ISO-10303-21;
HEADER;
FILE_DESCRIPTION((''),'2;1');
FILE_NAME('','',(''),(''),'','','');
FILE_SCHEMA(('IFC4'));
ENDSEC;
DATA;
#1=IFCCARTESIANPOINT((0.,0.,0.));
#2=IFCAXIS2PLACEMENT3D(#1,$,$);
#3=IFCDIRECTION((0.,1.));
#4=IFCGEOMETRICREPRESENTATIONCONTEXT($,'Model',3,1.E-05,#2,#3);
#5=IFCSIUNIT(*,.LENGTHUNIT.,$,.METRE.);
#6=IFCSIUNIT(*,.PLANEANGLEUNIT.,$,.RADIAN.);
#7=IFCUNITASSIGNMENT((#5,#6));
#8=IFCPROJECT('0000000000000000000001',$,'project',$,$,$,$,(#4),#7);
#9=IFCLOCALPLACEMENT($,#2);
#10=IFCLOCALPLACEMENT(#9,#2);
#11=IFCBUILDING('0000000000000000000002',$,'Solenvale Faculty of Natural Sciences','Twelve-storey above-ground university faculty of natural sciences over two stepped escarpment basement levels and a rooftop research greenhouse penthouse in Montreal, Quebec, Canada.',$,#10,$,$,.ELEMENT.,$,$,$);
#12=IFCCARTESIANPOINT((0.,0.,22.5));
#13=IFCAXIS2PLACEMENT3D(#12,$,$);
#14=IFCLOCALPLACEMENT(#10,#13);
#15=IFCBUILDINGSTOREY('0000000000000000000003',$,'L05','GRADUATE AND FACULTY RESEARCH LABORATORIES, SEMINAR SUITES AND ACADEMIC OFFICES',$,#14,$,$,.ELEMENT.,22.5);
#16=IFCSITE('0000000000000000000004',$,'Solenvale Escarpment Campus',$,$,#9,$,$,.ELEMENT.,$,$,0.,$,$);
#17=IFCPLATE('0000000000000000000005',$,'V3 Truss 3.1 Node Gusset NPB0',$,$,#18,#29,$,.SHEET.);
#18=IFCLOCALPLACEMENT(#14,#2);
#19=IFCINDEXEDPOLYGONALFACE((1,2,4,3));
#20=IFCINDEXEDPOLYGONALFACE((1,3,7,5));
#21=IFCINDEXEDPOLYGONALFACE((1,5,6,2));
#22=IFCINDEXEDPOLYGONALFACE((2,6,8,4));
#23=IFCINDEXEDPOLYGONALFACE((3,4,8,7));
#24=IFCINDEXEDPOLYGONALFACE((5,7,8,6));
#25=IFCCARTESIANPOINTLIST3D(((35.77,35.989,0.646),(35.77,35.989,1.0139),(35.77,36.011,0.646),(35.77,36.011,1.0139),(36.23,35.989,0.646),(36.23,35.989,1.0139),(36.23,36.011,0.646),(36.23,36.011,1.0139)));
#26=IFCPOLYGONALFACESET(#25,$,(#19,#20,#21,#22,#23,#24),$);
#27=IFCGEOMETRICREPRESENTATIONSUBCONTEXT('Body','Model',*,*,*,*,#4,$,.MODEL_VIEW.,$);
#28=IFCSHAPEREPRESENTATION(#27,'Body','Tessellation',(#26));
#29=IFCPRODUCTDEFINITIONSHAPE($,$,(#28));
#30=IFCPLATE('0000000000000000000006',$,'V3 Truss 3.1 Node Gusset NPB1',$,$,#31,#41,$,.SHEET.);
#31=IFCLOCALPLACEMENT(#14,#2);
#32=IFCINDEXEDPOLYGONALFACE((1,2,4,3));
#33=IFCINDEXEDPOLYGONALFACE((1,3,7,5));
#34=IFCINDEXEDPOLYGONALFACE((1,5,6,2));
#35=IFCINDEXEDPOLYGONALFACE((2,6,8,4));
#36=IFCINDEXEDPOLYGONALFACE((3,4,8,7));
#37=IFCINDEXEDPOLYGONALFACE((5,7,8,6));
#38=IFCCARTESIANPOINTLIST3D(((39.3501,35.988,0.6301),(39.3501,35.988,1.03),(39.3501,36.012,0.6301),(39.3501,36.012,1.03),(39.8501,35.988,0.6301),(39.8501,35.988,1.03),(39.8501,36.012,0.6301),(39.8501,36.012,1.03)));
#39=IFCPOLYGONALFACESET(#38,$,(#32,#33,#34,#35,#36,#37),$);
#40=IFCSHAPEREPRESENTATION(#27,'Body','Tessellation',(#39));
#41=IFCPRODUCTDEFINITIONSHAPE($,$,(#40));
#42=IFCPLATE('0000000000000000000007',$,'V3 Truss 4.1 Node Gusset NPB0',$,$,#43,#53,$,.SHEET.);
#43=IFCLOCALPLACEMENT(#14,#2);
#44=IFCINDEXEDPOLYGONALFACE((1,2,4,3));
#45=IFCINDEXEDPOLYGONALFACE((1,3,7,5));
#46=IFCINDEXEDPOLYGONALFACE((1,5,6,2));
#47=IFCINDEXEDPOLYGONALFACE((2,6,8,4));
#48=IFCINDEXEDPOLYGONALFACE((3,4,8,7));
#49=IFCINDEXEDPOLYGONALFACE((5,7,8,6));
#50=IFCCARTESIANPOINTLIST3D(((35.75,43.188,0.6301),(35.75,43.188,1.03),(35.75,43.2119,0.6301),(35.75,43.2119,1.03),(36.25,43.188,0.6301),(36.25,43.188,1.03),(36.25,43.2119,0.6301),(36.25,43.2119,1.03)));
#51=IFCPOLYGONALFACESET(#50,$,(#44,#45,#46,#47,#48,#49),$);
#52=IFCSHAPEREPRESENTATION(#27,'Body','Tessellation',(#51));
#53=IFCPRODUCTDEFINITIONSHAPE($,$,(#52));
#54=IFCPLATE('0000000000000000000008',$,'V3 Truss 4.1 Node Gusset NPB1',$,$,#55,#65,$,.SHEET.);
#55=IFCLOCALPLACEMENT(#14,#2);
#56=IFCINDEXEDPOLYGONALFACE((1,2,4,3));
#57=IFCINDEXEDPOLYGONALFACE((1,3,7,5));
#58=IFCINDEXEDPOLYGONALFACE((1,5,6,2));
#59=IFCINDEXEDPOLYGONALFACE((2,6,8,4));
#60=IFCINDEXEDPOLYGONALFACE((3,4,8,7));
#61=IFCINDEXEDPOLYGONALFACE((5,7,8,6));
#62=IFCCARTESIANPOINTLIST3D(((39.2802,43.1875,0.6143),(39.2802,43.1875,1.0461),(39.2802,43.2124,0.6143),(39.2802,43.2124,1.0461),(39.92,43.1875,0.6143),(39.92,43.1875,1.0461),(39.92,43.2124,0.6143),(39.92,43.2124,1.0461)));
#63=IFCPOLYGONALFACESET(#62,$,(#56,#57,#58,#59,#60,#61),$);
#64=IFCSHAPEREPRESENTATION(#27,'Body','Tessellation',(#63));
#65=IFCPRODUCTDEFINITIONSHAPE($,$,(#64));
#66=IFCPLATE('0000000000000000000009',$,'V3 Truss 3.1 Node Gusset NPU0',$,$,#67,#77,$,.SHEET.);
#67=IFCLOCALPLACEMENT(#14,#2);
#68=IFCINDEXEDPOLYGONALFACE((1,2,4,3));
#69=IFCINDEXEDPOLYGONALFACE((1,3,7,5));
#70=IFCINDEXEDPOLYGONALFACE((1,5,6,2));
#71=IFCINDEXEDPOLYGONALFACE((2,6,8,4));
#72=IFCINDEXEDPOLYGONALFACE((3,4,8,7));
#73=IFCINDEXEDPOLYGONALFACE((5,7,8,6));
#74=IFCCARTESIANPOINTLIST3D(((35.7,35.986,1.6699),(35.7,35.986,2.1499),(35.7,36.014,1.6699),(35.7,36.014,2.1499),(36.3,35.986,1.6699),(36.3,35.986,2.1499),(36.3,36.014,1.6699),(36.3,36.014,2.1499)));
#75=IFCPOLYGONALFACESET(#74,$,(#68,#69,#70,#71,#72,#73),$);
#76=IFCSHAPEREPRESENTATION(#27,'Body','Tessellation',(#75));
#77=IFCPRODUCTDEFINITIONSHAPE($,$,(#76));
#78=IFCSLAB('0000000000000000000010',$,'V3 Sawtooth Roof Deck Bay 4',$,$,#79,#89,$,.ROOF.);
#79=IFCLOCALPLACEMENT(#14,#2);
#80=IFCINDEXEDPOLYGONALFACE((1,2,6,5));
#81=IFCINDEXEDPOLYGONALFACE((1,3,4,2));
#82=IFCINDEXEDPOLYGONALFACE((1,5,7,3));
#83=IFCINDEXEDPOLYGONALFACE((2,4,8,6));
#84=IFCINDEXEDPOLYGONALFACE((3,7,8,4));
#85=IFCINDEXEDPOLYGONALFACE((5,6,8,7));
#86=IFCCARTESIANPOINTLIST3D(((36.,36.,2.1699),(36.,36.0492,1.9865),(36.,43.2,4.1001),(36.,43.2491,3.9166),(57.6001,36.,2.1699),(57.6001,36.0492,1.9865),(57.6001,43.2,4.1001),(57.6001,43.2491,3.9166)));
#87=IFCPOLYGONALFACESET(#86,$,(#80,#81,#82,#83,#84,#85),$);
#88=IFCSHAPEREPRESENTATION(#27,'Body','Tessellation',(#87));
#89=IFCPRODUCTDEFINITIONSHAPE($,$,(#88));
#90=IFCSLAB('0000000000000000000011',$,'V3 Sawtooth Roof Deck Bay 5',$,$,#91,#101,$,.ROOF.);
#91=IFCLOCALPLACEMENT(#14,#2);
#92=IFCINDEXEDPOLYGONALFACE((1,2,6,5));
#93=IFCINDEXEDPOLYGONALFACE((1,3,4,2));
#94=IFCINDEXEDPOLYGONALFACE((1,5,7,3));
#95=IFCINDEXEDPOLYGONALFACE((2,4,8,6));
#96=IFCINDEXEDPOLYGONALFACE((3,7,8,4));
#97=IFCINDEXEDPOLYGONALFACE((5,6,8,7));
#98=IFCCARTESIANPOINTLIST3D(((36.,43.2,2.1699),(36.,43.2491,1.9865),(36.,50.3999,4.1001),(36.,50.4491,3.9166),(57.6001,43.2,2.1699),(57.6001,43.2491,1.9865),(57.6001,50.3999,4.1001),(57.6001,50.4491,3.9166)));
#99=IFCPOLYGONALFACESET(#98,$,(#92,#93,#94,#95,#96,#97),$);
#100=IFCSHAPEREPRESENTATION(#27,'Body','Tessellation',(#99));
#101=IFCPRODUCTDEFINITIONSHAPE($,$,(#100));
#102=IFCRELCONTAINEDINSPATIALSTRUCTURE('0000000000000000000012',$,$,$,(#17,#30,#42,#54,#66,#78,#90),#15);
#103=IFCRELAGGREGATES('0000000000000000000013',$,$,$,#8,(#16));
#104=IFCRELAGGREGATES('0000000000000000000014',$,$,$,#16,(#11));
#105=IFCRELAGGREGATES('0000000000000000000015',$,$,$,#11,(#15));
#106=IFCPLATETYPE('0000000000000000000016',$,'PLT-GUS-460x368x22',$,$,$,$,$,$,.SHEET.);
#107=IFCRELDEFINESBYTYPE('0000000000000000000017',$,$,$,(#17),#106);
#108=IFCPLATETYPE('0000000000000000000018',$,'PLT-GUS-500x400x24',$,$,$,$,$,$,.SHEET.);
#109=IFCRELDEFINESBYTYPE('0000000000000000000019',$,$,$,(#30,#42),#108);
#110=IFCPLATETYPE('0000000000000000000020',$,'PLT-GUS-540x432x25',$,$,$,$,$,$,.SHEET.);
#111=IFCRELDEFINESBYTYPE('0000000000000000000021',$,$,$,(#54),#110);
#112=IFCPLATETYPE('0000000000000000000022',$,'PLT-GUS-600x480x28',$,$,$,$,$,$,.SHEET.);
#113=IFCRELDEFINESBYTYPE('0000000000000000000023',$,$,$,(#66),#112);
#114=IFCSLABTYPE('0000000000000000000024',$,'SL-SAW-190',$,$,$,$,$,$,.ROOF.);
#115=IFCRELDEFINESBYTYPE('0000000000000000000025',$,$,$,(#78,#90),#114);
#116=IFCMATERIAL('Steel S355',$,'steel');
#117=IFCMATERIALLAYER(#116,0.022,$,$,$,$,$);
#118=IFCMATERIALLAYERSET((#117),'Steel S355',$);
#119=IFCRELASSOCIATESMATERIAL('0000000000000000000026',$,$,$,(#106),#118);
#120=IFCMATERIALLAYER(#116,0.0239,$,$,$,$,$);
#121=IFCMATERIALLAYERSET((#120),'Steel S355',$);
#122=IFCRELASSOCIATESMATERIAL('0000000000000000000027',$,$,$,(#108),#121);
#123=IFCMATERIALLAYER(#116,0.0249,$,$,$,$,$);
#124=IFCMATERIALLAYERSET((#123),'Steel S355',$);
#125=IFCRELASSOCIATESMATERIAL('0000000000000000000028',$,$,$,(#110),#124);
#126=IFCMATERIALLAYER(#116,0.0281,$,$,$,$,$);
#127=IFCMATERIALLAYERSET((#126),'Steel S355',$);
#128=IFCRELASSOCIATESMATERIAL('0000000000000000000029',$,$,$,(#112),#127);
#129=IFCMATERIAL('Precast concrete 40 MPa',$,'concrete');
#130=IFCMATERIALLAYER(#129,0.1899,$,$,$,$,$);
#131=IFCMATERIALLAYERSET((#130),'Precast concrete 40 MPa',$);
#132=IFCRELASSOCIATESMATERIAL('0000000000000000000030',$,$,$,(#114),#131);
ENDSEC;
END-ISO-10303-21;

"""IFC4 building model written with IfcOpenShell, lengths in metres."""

from ifc_helpers import new_model, si_unit, direction, frame, origin, origin_2d, place, context, subcontext, project, spatial, polyline, rectangle, outline, extrude, material, layer, layer_set, type_object, element, save


model = new_model("IFC4")

# Units and contexts
model_context = context("Model", 3, precision=1e-05, world=origin(), true_north=direction((0.0, 1.0)))
body_context = subcontext(model_context, "Body", "Model", "MODEL_VIEW")
ifc_project = project(units=[si_unit("LENGTHUNIT", "METRE"), si_unit("PLANEANGLEUNIT", "RADIAN")], contexts=[model_context])

# Site, building, storey
site_placement = place(None, origin())
site = spatial("IfcSite", under=ifc_project, at=site_placement, Name="Solenvale Escarpment Campus", CompositionType="ELEMENT", RefElevation=0.0)
building_placement = place(site_placement, origin())
building = spatial("IfcBuilding", under=site, at=building_placement, Name="Solenvale Faculty of Natural Sciences", Description="Twelve-storey above-ground university faculty of natural sciences over two stepped escarpment basement levels and a rooftop research greenhouse penthouse in Montreal, Quebec, Canada.", CompositionType="ELEMENT")
storey_placement = place(building_placement, frame((0.0, 0.0, 22.5)))
storey = spatial("IfcBuildingStorey", under=building, at=storey_placement, Name="L05", Description="GRADUATE AND FACULTY RESEARCH LABORATORIES, SEMINAR SUITES AND ACADEMIC OFFICES", CompositionType="ELEMENT", Elevation=22.5)

# Shared definitions
ifc_material_1 = material(Name="Steel S355", Category="steel")

# Plates
ifc_layer_1 = layer(ifc_material_1, 0.022)
ifc_layer_set_1 = layer_set([ifc_layer_1], Name="Steel S355")
plate_type_1 = type_object("IfcPlateType", Name="PLT-GUS-460x368x22", PredefinedType="SHEET", material=ifc_layer_set_1)
plate_1_placement = place(storey_placement, frame((36.0, 36.0, 0.646), z_axis=(0.0, 0.0, 1.0), x_axis=(1.0, 0.0, 0.0)))
element("IfcPlate", 1, at=plate_1_placement, inside=storey, type_object=plate_type_1, Name="V3 Truss 3.1 Node Gusset NPB0", PredefinedType="SHEET", context=body_context, shape_type="SweptSolid", body=[
    extrude(rectangle(XDim=0.46, YDim=0.022, at=origin_2d()), origin(), (0.0, 0.0, 1.0), 0.3679),
])
ifc_layer_2 = layer(ifc_material_1, 0.0239)
ifc_layer_set_2 = layer_set([ifc_layer_2], Name="Steel S355")
plate_type_2 = type_object("IfcPlateType", Name="PLT-GUS-500x400x24", PredefinedType="SHEET", material=ifc_layer_set_2)
for number, where, z_axis, x_axis, name in (
    (2, (39.6001, 36.0, 0.6301), (0.0, 0.0, 1.0), (1.0, 0.0, 0.0), "V3 Truss 3.1 Node Gusset NPB1"),
    (3, (36.0, 43.2, 0.6301), (0.0, 0.0, 1.0), (1.0, 0.0, 0.0), "V3 Truss 4.1 Node Gusset NPB0"),
):
    element("IfcPlate", number, at=place(storey_placement, frame(where, z_axis=z_axis, x_axis=x_axis)), inside=storey, type_object=plate_type_2, Name=name, PredefinedType="SHEET", context=body_context, shape_type="SweptSolid", body=[
        extrude(rectangle(XDim=0.5, YDim=0.0239, at=origin_2d()), origin(), (0.0, 0.0, 1.0), 0.3999),
    ])
ifc_layer_3 = layer(ifc_material_1, 0.0249)
ifc_layer_set_3 = layer_set([ifc_layer_3], Name="Steel S355")
plate_type_3 = type_object("IfcPlateType", Name="PLT-GUS-540x432x25", PredefinedType="SHEET", material=ifc_layer_set_3)
plate_2_placement = place(storey_placement, frame((39.6001, 43.2, 0.6143), z_axis=(0.0, 0.0, 1.0), x_axis=(1.0, 0.0, 0.0)))
element("IfcPlate", 4, at=plate_2_placement, inside=storey, type_object=plate_type_3, Name="V3 Truss 4.1 Node Gusset NPB1", PredefinedType="SHEET", context=body_context, shape_type="SweptSolid", body=[
    extrude(rectangle(XDim=0.6399, YDim=0.0249, at=origin_2d()), origin(), (0.0, 0.0, 1.0), 0.4319),
])
ifc_layer_4 = layer(ifc_material_1, 0.0281)
ifc_layer_set_4 = layer_set([ifc_layer_4], Name="Steel S355")
plate_type_4 = type_object("IfcPlateType", Name="PLT-GUS-600x480x28", PredefinedType="SHEET", material=ifc_layer_set_4)
plate_3_placement = place(storey_placement, frame((36.0, 36.0, 1.6699), z_axis=(0.0, 0.0, 1.0), x_axis=(1.0, 0.0, 0.0)))
element("IfcPlate", 5, at=plate_3_placement, inside=storey, type_object=plate_type_4, Name="V3 Truss 3.1 Node Gusset NPU0", PredefinedType="SHEET", context=body_context, shape_type="SweptSolid", body=[
    extrude(rectangle(XDim=0.6001, YDim=0.0281, at=origin_2d()), origin(), (0.0, 0.0, 1.0), 0.48),
])

# Slabs
ifc_material_2 = material(Name="Precast concrete 40 MPa", Category="concrete")
ifc_layer_5 = layer(ifc_material_2, 0.1899)
ifc_layer_set_5 = layer_set([ifc_layer_5], Name="Precast concrete 40 MPa")
slab_type = type_object("IfcSlabType", Name="SL-SAW-190", PredefinedType="ROOF", material=ifc_layer_set_5)
for number, where, z_axis, x_axis, name in (
    (6, (36.0, 36.0, 2.1699), (0.0, -0.258939, 0.965894), (1.0, 0.0, 0.0), "V3 Sawtooth Roof Deck Bay 4"),
    (7, (36.0, 43.2, 2.1699), (0.0, -0.258939, 0.965894), (1.0, 0.0, 0.0), "V3 Sawtooth Roof Deck Bay 5"),
):
    element("IfcSlab", number, at=place(storey_placement, frame(where, z_axis=z_axis, x_axis=x_axis)), inside=storey, type_object=slab_type, Name=name, PredefinedType="ROOF", context=body_context, shape_type="SweptSolid", body=[
        extrude(outline(polyline([(0.0, 0.0), (21.6001, 0.0), (21.6001, 7.4542), (0.0, 7.4542), (0.0, 0.0)])), origin(), (0.0, 0.0, -1.0), 0.1899),
    ])

save(model, "model.ifc")
